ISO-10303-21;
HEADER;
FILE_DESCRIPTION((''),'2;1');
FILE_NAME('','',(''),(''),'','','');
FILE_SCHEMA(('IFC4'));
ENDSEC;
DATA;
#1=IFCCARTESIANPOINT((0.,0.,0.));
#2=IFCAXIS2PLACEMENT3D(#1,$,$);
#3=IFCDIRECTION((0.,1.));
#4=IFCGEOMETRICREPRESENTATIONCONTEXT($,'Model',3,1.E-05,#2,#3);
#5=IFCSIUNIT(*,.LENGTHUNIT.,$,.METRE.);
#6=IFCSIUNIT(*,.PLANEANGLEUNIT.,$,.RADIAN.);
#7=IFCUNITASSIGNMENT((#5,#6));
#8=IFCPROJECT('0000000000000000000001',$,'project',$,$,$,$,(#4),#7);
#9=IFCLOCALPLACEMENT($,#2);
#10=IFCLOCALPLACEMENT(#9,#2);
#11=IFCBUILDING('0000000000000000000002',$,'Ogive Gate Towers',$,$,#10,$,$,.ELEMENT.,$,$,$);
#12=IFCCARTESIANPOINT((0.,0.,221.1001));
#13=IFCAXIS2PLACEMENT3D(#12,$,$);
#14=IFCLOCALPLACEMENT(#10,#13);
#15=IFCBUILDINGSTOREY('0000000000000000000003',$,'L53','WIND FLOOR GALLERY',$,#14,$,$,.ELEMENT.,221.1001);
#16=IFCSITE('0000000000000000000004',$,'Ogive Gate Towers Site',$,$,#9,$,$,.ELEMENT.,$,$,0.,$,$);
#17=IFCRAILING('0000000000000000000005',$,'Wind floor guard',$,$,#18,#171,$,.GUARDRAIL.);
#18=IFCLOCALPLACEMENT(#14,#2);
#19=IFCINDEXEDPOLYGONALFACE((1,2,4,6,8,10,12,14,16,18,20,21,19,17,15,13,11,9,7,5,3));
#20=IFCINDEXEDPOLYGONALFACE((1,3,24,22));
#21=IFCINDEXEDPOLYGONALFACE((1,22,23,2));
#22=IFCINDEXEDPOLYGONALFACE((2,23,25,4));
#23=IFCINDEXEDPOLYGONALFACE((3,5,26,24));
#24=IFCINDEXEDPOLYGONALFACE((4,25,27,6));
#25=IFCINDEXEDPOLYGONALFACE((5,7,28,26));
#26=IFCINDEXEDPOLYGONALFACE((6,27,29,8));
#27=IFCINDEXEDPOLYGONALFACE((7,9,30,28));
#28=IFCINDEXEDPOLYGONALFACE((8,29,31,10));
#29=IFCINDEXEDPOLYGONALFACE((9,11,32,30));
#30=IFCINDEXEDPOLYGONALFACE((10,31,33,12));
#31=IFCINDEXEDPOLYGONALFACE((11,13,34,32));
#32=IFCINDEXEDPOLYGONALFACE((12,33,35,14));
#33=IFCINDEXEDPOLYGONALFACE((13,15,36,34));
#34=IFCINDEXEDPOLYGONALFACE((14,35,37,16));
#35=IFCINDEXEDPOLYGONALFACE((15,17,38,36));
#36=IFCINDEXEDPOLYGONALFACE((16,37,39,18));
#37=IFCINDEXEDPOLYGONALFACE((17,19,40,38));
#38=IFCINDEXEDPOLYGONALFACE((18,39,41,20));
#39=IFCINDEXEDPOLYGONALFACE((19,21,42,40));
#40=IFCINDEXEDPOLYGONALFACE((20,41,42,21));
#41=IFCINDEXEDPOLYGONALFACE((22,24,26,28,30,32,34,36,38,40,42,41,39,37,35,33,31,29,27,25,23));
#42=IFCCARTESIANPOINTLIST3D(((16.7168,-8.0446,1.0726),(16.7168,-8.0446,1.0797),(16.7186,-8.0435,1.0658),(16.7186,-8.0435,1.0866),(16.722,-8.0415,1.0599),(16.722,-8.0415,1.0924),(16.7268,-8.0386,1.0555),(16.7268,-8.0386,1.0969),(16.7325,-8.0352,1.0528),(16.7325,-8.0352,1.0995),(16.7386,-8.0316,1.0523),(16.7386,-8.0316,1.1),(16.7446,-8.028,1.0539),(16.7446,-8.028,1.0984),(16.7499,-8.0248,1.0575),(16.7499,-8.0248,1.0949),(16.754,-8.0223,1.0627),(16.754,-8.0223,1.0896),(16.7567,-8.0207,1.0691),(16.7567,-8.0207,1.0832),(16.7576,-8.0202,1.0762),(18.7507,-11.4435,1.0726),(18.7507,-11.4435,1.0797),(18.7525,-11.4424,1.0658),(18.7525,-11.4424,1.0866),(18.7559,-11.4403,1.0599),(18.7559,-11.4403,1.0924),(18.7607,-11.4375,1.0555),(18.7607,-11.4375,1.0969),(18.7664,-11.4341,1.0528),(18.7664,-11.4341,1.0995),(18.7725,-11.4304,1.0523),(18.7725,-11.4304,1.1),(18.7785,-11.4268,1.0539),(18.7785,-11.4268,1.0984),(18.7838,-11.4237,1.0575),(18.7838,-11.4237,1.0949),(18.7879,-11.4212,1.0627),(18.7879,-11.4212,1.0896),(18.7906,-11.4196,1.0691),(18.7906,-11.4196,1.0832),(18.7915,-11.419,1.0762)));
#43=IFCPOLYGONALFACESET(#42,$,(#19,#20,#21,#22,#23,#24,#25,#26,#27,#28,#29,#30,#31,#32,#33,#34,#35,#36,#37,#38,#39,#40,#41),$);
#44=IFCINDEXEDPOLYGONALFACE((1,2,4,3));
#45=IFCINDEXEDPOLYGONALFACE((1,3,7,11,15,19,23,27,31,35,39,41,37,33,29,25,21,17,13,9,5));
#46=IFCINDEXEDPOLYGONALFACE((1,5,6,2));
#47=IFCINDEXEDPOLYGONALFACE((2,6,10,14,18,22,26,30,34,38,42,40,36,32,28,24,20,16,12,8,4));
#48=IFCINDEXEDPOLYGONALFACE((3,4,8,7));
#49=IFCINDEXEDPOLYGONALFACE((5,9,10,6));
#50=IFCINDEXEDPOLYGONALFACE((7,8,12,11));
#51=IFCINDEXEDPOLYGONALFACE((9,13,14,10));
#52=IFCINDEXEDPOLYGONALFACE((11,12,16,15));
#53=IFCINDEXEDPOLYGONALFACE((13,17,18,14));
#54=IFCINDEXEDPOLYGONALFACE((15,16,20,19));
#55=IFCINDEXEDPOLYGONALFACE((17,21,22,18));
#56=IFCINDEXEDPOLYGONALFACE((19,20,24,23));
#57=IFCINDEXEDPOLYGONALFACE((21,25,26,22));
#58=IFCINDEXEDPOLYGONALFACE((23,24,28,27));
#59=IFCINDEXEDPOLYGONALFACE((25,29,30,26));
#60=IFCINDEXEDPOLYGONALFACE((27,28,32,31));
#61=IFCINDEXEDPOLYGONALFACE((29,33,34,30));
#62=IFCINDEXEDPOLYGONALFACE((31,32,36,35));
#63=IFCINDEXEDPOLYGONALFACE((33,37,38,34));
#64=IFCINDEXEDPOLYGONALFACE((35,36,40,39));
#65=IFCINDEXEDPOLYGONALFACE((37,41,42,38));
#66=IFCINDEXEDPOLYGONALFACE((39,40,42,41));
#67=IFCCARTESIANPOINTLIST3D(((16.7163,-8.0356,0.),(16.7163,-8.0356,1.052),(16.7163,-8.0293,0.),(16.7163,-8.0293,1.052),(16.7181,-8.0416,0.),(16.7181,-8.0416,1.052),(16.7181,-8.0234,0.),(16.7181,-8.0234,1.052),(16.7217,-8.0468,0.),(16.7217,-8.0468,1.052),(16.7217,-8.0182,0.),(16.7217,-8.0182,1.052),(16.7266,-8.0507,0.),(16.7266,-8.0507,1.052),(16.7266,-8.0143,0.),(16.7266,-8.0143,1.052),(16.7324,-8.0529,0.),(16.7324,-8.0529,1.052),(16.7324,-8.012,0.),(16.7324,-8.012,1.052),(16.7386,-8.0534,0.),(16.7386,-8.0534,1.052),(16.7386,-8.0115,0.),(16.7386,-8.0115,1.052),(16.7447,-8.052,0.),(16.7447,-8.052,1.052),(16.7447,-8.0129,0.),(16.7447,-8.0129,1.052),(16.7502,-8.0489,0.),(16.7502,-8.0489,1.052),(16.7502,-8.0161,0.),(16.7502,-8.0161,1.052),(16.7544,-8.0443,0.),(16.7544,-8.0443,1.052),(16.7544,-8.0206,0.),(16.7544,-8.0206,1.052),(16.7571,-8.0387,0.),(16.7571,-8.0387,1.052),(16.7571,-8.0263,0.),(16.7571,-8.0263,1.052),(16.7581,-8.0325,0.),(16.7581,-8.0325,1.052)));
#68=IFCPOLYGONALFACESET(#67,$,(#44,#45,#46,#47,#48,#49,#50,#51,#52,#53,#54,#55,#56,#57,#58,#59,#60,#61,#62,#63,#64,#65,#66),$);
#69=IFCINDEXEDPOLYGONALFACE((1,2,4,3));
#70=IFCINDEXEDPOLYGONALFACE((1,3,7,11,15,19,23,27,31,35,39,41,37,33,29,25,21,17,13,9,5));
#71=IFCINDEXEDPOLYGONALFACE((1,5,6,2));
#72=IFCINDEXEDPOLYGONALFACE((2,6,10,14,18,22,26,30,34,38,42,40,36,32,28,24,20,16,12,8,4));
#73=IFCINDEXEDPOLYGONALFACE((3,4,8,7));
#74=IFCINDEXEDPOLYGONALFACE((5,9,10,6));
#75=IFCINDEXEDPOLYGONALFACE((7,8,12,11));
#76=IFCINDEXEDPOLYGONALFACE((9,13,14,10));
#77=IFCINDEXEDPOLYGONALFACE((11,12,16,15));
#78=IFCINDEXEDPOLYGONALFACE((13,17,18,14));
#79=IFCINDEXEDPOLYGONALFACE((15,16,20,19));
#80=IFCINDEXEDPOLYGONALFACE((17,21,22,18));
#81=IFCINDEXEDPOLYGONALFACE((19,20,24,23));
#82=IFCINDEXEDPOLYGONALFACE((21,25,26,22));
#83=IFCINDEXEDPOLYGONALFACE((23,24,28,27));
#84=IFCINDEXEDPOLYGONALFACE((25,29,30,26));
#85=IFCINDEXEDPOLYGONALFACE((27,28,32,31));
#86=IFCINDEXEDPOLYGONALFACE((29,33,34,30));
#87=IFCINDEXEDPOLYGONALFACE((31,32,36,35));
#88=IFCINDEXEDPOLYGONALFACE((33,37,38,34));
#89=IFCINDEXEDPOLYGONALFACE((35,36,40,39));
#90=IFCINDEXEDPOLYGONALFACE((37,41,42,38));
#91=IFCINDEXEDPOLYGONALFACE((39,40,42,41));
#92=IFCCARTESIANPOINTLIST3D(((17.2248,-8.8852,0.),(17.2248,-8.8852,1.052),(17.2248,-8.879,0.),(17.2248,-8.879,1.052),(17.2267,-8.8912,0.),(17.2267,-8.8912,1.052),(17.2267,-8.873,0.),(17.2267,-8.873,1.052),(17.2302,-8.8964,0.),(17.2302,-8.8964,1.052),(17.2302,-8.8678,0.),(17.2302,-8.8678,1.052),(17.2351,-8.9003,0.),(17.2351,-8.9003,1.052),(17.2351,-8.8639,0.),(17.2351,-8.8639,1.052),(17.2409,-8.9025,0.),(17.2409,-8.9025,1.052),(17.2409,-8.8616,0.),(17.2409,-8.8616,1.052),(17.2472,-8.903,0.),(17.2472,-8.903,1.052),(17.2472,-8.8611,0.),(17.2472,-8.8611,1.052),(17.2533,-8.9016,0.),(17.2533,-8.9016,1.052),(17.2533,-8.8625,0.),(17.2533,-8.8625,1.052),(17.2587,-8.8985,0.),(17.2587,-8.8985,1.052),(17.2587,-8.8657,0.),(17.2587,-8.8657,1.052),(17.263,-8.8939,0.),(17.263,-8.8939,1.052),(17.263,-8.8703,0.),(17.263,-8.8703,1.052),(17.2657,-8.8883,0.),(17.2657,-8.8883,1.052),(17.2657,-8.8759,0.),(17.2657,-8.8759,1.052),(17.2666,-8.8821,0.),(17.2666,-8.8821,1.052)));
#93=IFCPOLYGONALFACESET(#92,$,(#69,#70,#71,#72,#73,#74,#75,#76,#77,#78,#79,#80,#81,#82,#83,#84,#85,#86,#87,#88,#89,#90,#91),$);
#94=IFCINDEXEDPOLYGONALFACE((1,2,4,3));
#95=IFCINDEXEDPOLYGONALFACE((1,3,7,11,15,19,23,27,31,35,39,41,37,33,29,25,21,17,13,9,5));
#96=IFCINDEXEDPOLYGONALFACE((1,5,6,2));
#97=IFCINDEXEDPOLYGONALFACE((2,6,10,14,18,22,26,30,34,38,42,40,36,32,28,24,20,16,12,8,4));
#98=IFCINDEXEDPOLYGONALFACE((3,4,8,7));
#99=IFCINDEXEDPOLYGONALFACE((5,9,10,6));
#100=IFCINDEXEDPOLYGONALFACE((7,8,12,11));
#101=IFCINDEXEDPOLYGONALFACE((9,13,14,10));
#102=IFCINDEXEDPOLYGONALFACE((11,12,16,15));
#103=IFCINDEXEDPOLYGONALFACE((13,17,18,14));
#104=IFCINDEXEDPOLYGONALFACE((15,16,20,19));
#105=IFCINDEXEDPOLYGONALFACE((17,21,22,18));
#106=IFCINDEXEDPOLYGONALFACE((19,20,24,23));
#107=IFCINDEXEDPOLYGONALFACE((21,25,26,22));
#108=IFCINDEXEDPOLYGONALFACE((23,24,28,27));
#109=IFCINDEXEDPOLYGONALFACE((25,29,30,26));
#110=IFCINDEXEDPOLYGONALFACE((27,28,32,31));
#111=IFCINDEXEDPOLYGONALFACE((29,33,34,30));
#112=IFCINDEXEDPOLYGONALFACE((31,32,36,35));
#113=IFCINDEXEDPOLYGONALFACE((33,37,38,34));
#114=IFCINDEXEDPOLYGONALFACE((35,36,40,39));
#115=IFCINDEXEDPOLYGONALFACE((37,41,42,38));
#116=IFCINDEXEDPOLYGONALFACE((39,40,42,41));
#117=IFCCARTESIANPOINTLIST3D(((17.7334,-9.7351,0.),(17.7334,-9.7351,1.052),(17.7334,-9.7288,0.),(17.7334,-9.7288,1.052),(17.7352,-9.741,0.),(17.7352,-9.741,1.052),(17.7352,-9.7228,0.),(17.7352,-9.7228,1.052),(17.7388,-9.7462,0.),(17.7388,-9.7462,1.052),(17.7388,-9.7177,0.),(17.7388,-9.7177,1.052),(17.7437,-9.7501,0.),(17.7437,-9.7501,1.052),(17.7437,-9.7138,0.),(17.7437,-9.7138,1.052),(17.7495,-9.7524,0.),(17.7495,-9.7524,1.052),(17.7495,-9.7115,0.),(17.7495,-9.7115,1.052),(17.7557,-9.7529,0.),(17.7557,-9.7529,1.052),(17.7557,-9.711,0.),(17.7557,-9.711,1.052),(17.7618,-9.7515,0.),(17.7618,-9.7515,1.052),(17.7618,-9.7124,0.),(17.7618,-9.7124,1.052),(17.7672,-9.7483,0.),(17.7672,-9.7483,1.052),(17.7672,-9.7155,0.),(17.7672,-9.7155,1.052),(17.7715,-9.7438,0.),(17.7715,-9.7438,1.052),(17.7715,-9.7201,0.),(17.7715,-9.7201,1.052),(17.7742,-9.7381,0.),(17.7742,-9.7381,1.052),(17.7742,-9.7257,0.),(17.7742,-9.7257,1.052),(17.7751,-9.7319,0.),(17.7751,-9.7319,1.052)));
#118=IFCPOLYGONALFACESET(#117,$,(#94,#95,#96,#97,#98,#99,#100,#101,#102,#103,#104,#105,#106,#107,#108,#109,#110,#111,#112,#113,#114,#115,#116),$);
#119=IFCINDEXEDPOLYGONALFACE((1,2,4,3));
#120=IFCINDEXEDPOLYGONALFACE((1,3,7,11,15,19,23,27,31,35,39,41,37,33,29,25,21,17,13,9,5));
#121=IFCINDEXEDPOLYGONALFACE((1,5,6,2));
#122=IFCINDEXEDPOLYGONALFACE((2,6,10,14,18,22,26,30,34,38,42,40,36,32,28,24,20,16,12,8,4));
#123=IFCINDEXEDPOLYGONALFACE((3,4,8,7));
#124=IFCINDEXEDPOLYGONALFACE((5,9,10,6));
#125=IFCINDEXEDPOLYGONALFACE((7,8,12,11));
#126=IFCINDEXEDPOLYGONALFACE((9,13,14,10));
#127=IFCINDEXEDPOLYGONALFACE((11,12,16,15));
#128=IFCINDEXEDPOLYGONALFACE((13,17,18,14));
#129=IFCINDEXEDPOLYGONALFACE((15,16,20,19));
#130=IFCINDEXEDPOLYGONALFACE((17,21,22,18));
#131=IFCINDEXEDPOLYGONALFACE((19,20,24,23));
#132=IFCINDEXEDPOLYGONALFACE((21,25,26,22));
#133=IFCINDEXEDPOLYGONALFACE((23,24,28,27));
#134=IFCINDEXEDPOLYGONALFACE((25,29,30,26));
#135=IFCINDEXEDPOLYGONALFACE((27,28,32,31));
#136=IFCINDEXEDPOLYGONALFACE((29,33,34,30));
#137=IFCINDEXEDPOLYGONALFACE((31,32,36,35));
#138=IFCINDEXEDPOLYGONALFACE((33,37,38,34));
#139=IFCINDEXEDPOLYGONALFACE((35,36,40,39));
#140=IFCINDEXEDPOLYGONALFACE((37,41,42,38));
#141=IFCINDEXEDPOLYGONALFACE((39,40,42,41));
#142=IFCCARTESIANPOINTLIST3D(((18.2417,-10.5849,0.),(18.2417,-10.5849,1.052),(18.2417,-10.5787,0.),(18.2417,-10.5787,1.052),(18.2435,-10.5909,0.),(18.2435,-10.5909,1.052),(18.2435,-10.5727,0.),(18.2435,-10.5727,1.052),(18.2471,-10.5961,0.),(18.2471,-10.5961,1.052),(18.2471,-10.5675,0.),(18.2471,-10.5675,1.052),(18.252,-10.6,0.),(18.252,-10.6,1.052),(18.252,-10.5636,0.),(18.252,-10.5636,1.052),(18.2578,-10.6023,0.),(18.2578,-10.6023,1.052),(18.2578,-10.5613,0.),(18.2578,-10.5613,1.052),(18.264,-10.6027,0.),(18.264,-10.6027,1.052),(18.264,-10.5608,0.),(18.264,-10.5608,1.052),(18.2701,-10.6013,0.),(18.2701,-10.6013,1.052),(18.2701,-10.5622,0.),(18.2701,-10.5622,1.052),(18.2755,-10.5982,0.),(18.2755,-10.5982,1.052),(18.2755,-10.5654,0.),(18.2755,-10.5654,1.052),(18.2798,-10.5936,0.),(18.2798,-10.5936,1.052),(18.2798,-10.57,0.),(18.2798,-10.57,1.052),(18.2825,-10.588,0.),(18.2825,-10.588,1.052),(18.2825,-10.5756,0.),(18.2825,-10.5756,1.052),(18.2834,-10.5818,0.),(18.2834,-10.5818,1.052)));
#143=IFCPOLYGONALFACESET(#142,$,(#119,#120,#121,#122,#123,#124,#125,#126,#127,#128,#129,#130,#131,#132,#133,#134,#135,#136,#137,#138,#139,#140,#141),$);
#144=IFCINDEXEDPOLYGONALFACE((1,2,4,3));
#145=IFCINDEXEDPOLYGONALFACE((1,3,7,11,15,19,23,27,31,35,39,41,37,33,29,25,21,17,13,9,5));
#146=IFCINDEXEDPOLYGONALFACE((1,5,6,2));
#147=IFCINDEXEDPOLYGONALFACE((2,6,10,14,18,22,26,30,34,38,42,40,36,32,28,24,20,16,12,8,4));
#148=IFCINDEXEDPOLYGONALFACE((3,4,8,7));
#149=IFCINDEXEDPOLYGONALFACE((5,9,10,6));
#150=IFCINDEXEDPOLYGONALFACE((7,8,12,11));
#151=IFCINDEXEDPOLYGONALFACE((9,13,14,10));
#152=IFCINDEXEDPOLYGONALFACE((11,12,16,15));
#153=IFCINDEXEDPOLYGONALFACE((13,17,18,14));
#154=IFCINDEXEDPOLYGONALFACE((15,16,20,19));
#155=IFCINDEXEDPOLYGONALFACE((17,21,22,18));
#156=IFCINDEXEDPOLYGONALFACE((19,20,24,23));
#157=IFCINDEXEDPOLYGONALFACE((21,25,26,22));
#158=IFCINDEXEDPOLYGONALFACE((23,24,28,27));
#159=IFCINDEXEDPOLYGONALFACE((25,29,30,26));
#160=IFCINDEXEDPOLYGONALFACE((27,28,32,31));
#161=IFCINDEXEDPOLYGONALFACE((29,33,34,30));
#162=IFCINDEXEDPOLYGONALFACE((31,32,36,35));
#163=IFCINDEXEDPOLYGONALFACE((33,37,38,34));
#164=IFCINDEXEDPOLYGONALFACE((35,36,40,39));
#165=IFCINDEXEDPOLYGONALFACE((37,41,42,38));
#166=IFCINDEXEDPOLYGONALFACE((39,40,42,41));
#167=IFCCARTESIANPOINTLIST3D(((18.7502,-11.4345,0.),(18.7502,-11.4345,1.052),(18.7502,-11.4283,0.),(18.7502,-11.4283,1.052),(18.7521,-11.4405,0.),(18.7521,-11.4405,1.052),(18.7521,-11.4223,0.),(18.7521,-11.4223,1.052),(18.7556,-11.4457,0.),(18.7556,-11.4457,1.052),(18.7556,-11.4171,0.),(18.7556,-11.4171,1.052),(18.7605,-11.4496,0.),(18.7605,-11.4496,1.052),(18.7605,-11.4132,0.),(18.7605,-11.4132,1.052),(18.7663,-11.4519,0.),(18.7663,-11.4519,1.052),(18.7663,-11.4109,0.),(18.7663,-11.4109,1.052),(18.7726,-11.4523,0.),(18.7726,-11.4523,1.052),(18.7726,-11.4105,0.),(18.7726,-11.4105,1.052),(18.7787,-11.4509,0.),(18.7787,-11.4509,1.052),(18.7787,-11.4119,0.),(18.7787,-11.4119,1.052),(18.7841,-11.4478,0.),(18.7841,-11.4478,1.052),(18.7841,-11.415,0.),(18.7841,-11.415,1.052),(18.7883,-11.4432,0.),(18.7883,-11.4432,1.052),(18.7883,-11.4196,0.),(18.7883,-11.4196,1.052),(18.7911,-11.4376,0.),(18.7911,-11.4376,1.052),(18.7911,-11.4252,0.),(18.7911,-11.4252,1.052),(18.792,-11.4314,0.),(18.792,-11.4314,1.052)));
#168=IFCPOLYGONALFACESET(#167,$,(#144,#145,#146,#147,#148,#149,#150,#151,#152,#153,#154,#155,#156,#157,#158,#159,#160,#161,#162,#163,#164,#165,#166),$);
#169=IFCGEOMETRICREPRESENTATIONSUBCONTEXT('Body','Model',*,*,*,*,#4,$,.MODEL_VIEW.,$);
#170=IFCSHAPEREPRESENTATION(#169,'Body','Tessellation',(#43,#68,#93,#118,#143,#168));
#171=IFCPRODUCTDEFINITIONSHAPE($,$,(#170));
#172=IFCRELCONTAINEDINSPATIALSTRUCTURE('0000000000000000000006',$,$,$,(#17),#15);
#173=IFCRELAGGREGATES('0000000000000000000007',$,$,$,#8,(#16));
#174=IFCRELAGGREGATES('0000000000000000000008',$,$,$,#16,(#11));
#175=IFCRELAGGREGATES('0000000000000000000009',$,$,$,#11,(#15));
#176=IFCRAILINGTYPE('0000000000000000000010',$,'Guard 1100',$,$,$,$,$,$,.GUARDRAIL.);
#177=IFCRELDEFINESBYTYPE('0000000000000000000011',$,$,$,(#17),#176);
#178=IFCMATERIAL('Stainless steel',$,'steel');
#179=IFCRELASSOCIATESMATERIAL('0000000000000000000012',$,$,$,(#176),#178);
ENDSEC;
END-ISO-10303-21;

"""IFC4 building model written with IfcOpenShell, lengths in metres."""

from ifc_helpers import new_model, si_unit, direction, frame, origin, origin_2d, place, context, subcontext, project, spatial, circle, extrude, material, type_object, element, save


model = new_model("IFC4")

# Units and contexts
model_context = context("Model", 3, precision=1e-05, world=origin(), true_north=direction((0.0, 1.0)))
body_context = subcontext(model_context, "Body", "Model", "MODEL_VIEW")
ifc_project = project(units=[si_unit("LENGTHUNIT", "METRE"), si_unit("PLANEANGLEUNIT", "RADIAN")], contexts=[model_context])

# Site, building, storey
site_placement = place(None, origin())
site = spatial("IfcSite", under=ifc_project, at=site_placement, Name="Ogive Gate Towers Site", CompositionType="ELEMENT", RefElevation=0.0)
building_placement = place(site_placement, origin())
building = spatial("IfcBuilding", under=site, at=building_placement, Name="Ogive Gate Towers", CompositionType="ELEMENT")
storey_placement = place(building_placement, frame((0.0, 0.0, 221.1001)))
storey = spatial("IfcBuildingStorey", under=building, at=storey_placement, Name="L53", Description="WIND FLOOR GALLERY", CompositionType="ELEMENT", Elevation=221.1001)

# Railing
ifc_material_1 = material(Name="Stainless steel", Category="steel")
railing_type = type_object("IfcRailingType", Name="Guard 1100", PredefinedType="GUARDRAIL", material=ifc_material_1)
railing_1_placement = place(storey_placement, frame((16.7371, -8.0325, 0.0)))
element("IfcRailing", 1, at=railing_1_placement, inside=storey, type_object=railing_type, Name="Wind floor guard", PredefinedType="GUARDRAIL", context=body_context, shape_type="SweptSolid", body=[
    extrude(circle(Radius=0.0239, at=origin_2d()), frame((0.0, 0.0, 1.0762), z_axis=(0.513489, -0.858096, 0.0), x_axis=(0.858096, 0.513489, 0.0)), (0.0, 0.0, 1.0), 3.9609),
    extrude(circle(Radius=0.021, at=origin_2d()), origin(), (0.0, 0.0, 1.0), 1.052),
    extrude(circle(Radius=0.021, at=origin_2d()), frame((0.5085, -0.8496, 0.0)), (0.0, 0.0, 1.0), 1.052),
    extrude(circle(Radius=0.021, at=origin_2d()), frame((1.0171, -1.6995, 0.0)), (0.0, 0.0, 1.0), 1.052),
    extrude(circle(Radius=0.021, at=origin_2d()), frame((1.5254, -2.5493, 0.0)), (0.0, 0.0, 1.0), 1.052),
    extrude(circle(Radius=0.021, at=origin_2d()), frame((2.0339, -3.3989, 0.0)), (0.0, 0.0, 1.0), 1.052),
])

save(model, "model.ifc")
